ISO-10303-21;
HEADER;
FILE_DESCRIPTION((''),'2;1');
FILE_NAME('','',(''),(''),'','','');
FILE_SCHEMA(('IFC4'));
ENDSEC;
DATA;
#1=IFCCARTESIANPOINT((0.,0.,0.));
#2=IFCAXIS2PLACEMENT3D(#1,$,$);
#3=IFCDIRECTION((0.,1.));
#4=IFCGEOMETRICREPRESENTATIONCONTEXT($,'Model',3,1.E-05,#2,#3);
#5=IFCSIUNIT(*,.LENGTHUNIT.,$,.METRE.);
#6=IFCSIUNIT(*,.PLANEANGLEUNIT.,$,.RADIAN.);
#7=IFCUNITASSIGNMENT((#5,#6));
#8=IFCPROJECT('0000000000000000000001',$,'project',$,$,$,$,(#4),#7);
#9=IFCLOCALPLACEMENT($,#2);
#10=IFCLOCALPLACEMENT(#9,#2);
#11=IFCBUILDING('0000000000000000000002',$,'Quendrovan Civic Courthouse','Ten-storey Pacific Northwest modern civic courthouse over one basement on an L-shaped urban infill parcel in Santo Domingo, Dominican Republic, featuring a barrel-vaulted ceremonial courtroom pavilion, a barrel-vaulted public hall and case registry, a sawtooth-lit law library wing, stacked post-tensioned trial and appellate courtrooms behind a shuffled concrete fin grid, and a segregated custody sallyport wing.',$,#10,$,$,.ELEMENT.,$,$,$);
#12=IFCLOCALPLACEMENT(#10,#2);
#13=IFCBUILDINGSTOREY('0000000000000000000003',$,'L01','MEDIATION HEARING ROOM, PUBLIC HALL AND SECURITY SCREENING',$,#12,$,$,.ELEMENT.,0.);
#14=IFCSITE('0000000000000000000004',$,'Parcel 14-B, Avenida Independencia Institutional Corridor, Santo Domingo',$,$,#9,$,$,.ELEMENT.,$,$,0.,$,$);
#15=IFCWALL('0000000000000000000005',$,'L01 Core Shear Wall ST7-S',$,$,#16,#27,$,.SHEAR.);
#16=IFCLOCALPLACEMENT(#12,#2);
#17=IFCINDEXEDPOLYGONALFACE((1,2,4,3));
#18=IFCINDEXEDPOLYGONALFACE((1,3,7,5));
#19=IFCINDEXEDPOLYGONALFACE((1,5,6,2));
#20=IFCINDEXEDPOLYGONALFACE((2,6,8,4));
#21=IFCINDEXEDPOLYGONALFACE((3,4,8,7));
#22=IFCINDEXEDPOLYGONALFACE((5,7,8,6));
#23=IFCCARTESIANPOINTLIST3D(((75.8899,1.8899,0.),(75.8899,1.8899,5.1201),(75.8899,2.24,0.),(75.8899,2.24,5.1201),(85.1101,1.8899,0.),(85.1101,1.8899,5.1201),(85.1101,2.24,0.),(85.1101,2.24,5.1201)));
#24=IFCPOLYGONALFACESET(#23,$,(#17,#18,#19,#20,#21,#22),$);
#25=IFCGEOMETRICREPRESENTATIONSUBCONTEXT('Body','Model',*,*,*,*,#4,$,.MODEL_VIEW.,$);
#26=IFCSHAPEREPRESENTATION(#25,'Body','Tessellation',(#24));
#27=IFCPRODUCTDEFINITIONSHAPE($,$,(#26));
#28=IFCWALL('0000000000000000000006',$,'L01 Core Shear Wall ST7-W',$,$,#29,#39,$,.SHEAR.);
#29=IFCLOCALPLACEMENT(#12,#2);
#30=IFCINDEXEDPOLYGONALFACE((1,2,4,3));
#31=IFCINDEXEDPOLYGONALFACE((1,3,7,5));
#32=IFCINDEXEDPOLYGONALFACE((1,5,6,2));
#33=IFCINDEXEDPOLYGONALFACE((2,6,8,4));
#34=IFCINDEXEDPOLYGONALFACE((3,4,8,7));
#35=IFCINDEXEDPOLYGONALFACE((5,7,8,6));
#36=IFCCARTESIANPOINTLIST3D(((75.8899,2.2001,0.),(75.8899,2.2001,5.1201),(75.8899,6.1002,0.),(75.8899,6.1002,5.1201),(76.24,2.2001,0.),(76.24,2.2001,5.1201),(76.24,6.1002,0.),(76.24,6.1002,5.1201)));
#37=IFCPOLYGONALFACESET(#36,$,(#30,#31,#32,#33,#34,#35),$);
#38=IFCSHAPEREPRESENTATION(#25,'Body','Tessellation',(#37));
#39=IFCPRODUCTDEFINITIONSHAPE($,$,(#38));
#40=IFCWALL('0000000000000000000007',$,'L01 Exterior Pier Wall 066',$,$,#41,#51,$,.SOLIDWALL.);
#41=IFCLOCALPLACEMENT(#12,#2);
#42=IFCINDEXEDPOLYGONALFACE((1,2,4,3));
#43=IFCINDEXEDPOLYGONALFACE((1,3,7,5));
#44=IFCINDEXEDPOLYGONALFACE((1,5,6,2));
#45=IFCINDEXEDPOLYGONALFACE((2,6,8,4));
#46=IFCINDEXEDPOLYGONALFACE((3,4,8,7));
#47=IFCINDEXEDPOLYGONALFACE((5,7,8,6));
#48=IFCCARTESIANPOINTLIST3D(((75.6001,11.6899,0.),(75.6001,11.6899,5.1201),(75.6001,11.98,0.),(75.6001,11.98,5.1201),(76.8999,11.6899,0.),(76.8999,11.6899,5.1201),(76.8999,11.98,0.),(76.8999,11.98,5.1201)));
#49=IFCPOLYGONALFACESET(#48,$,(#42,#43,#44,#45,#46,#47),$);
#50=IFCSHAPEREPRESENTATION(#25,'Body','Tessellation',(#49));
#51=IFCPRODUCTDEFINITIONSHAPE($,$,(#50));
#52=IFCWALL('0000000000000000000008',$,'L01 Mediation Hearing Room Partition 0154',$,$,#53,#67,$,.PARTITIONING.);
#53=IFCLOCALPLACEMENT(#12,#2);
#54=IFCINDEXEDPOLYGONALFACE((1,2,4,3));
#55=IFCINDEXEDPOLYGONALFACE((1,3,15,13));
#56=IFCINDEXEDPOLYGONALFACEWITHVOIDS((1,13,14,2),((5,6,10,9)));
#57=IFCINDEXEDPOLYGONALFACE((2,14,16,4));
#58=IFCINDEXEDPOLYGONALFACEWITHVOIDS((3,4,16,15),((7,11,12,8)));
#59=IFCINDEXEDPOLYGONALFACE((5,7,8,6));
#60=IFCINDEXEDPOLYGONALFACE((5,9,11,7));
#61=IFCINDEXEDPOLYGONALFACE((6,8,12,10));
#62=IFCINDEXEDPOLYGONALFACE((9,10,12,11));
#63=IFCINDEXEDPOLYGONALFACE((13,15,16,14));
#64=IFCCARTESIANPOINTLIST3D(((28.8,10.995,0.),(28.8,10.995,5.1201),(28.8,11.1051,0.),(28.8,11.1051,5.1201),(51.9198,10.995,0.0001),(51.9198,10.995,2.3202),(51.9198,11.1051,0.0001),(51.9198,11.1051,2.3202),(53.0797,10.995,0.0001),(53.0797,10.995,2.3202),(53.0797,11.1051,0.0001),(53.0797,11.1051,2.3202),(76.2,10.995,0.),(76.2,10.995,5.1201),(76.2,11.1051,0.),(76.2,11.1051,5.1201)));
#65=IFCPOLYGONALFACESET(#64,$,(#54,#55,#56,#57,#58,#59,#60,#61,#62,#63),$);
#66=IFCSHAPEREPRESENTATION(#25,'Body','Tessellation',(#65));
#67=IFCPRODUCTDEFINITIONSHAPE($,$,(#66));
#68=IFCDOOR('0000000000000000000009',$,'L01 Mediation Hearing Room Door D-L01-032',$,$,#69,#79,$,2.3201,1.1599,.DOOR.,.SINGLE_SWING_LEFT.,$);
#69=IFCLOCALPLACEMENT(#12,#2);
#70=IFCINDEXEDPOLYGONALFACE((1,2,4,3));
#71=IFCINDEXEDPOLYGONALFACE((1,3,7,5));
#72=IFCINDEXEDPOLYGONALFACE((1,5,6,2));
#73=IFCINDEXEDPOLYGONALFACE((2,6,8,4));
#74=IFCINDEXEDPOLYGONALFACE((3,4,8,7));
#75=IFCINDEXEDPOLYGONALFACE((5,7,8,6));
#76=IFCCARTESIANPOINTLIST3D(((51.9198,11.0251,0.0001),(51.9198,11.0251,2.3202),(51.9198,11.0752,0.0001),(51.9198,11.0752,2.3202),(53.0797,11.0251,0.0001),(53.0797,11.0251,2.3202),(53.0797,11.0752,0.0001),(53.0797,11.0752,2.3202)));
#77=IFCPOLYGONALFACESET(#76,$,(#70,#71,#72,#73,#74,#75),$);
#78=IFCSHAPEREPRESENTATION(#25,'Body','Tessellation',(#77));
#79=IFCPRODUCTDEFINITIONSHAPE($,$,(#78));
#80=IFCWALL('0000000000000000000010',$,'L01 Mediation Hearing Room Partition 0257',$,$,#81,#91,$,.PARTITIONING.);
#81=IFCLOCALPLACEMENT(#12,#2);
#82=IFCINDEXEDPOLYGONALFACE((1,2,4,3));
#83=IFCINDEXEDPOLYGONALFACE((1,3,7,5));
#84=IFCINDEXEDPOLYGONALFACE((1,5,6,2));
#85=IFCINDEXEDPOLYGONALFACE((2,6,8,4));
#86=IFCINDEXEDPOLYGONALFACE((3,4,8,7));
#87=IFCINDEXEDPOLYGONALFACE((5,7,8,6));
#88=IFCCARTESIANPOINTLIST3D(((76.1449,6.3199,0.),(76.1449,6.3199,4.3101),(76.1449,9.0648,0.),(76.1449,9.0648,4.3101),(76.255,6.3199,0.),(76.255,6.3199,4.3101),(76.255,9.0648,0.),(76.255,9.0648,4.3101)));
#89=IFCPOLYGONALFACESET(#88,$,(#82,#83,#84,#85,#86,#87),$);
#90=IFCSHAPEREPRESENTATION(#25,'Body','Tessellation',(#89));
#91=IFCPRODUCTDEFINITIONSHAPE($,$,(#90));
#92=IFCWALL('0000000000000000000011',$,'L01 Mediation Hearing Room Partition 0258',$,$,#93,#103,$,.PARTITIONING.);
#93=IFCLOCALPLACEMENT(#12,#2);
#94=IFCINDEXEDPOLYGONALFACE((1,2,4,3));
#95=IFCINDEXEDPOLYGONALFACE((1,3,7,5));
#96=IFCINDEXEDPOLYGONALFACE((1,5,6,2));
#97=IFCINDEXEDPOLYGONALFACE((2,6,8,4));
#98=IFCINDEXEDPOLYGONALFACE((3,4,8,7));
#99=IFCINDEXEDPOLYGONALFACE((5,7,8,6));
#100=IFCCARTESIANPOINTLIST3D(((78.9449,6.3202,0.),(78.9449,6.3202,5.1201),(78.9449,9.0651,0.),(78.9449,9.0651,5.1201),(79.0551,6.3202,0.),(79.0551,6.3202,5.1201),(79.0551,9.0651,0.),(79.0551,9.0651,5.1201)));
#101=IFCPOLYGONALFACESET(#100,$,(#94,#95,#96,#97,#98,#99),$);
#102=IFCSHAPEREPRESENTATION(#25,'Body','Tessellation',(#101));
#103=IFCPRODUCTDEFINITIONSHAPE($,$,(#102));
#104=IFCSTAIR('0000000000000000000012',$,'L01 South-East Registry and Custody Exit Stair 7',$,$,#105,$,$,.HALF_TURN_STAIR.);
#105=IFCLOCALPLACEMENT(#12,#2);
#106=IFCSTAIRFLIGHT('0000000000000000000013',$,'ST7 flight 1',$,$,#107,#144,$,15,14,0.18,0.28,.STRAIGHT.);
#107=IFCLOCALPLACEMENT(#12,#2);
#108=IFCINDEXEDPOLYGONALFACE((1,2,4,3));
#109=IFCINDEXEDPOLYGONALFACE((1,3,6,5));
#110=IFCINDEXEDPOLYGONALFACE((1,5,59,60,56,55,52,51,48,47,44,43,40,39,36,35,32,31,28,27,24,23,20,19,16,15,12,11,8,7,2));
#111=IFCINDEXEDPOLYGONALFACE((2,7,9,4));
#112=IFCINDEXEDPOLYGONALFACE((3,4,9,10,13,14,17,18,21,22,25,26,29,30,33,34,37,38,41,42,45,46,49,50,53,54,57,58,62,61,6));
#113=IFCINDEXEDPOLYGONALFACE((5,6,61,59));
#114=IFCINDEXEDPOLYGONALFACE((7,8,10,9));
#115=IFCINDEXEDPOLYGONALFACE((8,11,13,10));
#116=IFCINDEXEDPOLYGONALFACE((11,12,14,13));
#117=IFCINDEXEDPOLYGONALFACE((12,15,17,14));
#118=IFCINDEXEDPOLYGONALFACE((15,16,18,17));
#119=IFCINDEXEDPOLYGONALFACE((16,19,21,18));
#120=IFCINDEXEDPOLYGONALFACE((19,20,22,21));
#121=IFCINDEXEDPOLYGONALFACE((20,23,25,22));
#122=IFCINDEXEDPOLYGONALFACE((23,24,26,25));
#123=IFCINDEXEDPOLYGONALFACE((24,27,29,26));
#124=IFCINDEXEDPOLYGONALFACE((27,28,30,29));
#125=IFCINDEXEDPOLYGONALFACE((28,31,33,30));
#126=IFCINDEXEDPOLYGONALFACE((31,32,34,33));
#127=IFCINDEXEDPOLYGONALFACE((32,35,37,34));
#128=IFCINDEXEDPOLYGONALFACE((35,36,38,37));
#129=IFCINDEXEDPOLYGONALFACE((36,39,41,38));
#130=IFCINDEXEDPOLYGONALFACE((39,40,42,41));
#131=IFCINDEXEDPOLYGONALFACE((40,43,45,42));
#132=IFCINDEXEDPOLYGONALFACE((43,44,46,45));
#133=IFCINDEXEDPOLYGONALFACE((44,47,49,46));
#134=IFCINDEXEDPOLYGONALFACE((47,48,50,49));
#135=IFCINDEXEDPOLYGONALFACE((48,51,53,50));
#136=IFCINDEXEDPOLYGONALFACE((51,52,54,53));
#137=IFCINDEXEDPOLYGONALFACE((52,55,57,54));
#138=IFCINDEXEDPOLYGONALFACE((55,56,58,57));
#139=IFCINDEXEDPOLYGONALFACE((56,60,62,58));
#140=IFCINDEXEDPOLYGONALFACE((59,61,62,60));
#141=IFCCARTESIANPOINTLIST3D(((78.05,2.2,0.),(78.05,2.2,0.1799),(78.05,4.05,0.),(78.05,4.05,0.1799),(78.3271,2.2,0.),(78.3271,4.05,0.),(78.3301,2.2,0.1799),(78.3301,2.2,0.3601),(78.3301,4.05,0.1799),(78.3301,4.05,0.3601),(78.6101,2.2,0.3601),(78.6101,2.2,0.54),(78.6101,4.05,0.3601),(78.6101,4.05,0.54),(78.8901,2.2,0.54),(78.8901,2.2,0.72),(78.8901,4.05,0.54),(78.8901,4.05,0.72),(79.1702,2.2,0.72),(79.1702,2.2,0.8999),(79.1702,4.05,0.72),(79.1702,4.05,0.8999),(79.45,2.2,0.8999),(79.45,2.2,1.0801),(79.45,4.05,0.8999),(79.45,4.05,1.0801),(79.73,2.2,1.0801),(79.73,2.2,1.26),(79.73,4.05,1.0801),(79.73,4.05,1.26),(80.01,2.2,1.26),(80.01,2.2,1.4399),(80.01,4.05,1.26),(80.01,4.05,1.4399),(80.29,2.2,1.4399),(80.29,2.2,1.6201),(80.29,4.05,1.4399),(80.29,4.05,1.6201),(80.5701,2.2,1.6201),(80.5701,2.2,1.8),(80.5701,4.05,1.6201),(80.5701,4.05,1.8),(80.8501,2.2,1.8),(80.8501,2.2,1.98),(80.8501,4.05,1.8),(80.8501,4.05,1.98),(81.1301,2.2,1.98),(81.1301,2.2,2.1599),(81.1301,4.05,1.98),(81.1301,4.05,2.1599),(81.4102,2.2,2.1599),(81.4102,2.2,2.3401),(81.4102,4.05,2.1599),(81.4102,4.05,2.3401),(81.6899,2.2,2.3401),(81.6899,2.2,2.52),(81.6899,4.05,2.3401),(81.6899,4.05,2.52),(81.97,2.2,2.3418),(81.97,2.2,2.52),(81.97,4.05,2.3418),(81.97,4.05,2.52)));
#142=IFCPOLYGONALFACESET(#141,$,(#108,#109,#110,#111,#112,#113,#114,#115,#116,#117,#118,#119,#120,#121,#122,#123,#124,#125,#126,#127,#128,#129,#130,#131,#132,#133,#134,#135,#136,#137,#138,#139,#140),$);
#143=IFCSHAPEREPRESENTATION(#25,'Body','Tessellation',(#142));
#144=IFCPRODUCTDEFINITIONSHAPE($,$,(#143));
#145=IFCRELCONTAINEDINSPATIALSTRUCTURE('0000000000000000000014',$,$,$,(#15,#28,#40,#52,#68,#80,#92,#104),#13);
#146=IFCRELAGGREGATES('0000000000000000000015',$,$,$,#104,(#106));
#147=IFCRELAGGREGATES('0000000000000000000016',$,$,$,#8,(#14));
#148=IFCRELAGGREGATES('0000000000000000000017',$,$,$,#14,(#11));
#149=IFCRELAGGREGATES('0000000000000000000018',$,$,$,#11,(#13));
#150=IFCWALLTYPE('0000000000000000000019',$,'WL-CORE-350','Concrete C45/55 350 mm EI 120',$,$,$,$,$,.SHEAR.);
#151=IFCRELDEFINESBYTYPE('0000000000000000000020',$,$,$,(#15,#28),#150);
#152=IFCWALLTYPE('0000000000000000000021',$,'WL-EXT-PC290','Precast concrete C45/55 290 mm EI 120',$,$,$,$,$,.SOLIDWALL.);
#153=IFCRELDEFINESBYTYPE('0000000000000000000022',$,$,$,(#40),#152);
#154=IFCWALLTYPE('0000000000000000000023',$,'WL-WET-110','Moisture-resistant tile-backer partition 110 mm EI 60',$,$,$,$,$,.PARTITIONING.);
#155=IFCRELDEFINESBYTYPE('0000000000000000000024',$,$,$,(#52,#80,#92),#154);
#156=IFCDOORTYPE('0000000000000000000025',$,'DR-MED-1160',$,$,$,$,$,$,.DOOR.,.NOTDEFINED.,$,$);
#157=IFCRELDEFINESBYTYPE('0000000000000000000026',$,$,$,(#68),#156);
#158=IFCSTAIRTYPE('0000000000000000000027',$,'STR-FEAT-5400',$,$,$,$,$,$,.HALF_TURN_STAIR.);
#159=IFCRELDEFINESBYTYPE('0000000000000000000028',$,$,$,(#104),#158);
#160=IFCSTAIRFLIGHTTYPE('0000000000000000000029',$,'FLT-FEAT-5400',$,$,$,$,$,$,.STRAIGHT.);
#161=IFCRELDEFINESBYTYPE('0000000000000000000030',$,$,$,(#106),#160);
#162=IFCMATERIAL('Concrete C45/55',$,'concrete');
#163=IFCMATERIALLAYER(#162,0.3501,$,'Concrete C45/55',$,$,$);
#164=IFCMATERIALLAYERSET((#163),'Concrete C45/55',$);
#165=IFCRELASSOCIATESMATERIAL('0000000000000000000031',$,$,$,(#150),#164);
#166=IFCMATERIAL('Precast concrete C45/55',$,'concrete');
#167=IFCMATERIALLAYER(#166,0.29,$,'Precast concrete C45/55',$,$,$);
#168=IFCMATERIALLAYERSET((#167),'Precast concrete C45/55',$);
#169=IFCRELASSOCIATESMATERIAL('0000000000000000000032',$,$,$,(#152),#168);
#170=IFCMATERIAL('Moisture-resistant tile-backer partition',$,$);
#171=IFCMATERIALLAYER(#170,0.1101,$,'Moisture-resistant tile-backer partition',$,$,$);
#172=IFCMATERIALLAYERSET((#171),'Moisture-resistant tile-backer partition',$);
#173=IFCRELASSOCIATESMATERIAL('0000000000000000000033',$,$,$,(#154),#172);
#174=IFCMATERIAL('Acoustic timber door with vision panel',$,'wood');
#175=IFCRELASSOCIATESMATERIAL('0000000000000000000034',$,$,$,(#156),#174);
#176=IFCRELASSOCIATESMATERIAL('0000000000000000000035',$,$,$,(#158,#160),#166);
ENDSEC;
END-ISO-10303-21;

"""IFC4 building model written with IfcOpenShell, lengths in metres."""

from ifc_helpers import new_model, si_unit, direction, frame, frame_2d, origin, place, context, subcontext, project, spatial, polyline, rectangle, outline, extrude, material, layer, layer_set, type_object, element, fill, aggregate, save


model = new_model("IFC4")

# Units and contexts
model_context = context("Model", 3, precision=1e-05, world=origin(), true_north=direction((0.0, 1.0)))
body_context = subcontext(model_context, "Body", "Model", "MODEL_VIEW")
ifc_project = project(units=[si_unit("LENGTHUNIT", "METRE"), si_unit("PLANEANGLEUNIT", "RADIAN")], contexts=[model_context])

# Site, building, storey
site_placement = place(None, origin())
site = spatial("IfcSite", under=ifc_project, at=site_placement, Name="Parcel 14-B, Avenida Independencia Institutional Corridor, Santo Domingo", CompositionType="ELEMENT", RefElevation=0.0)
building_placement = place(site_placement, origin())
building = spatial("IfcBuilding", under=site, at=building_placement, Name="Quendrovan Civic Courthouse", Description="Ten-storey Pacific Northwest modern civic courthouse over one basement on an L-shaped urban infill parcel in Santo Domingo, Dominican Republic, featuring a barrel-vaulted ceremonial courtroom pavilion, a barrel-vaulted public hall and case registry, a sawtooth-lit law library wing, stacked post-tensioned trial and appellate courtrooms behind a shuffled concrete fin grid, and a segregated custody sallyport wing.", CompositionType="ELEMENT")
storey_placement = place(building_placement, origin())
storey = spatial("IfcBuildingStorey", under=building, at=storey_placement, Name="L01", Description="MEDIATION HEARING ROOM, PUBLIC HALL AND SECURITY SCREENING", CompositionType="ELEMENT", Elevation=0.0)

# Shared definitions
ifc_material_1 = material(Name="Concrete C45/55", Category="concrete")

# Walls
ifc_layer_1 = layer(ifc_material_1, 0.3501, Name="Concrete C45/55")
ifc_layer_set_1 = layer_set([ifc_layer_1], Name="Concrete C45/55")
wall_type_1 = type_object("IfcWallType", Name="WL-CORE-350", Description="Concrete C45/55 350 mm EI 120", PredefinedType="SHEAR", material=ifc_layer_set_1)
wall_1_placement = place(storey_placement, frame((75.8899, 2.0649, 0.0), z_axis=(0.0, 0.0, 1.0), x_axis=(1.0, 0.0, 0.0)))
element("IfcWall", 1, at=wall_1_placement, inside=storey, type_object=wall_type_1, Name="L01 Core Shear Wall ST7-S", PredefinedType="SHEAR", context=body_context, shape_type="SweptSolid", body=[
    extrude(rectangle(XDim=9.2202, YDim=0.3501, at=frame_2d((4.6101, 0.0))), origin(), (0.0, 0.0, 1.0), 5.1201),
])
wall_2_placement = place(storey_placement, frame((76.0649, 2.2, 0.0), z_axis=(0.0, 0.0, 1.0), x_axis=(0.0, 1.0, 0.0)))
element("IfcWall", 2, at=wall_2_placement, inside=storey, type_object=wall_type_1, Name="L01 Core Shear Wall ST7-W", PredefinedType="SHEAR", context=body_context, shape_type="SweptSolid", body=[
    extrude(rectangle(XDim=3.9001, YDim=0.3501, at=frame_2d((1.9502, 0.0))), origin(), (0.0, 0.0, 1.0), 5.1201),
])
ifc_material_2 = material(Name="Precast concrete C45/55", Category="concrete")
ifc_layer_2 = layer(ifc_material_2, 0.29, Name="Precast concrete C45/55")
ifc_layer_set_2 = layer_set([ifc_layer_2], Name="Precast concrete C45/55")
wall_type_2 = type_object("IfcWallType", Name="WL-EXT-PC290", Description="Precast concrete C45/55 290 mm EI 120", PredefinedType="SOLIDWALL", material=ifc_layer_set_2)
wall_3_placement = place(storey_placement, frame((75.6001, 11.835, 0.0), z_axis=(0.0, 0.0, 1.0), x_axis=(1.0, 0.0, 0.0)))
element("IfcWall", 3, at=wall_3_placement, inside=storey, type_object=wall_type_2, Name="L01 Exterior Pier Wall 066", PredefinedType="SOLIDWALL", context=body_context, shape_type="SweptSolid", body=[
    extrude(rectangle(XDim=1.2998, YDim=0.29, at=frame_2d((0.6499, 0.0))), origin(), (0.0, 0.0, 1.0), 5.1201),
])

# Wall, opening, door
ifc_material_3 = material(Name="Moisture-resistant tile-backer partition")
ifc_layer_3 = layer(ifc_material_3, 0.1101, Name="Moisture-resistant tile-backer partition")
ifc_layer_set_3 = layer_set([ifc_layer_3], Name="Moisture-resistant tile-backer partition")
wall_type_3 = type_object("IfcWallType", Name="WL-WET-110", Description="Moisture-resistant tile-backer partition 110 mm EI 60", PredefinedType="PARTITIONING", material=ifc_layer_set_3)
wall_4_placement = place(storey_placement, frame((76.2, 11.05, 0.0), z_axis=(0.0, 0.0, 1.0), x_axis=(-1.0, 0.0, 0.0)))
wall_4 = element("IfcWall", 4, at=wall_4_placement, inside=storey, type_object=wall_type_3, Name="L01 Mediation Hearing Room Partition 0154", PredefinedType="PARTITIONING", context=body_context, shape_type="SweptSolid", body=[
    extrude(rectangle(XDim=47.3999, YDim=0.1101, at=frame_2d((23.7, 0.0))), origin(), (0.0, 0.0, 1.0), 5.1201),
])
opening_placement = place(wall_4_placement, frame((23.1201, 0.0, 0.0)))
opening = element("IfcOpeningElement", 5, at=opening_placement, cuts=wall_4, PredefinedType="OPENING", context=body_context, shape_type="SweptSolid", body=[
    extrude(rectangle(XDim=1.1599, YDim=2.3201, at=frame_2d((0.5801, 1.1602))), frame((0.0, 0.0649, 0.0), z_axis=(0.0, -1.0, 0.0), x_axis=(1.0, 0.0, 0.0)), (0.0, 0.0, 1.0), 0.1301),
])
ifc_material_4 = material(Name="Acoustic timber door with vision panel", Category="wood")
door_type = type_object("IfcDoorType", Name="DR-MED-1160", OperationType="NOTDEFINED", PredefinedType="DOOR", material=ifc_material_4)
door_placement = place(opening_placement, origin())
door = element("IfcDoor", 6, at=door_placement, inside=storey, type_object=door_type, Name="L01 Mediation Hearing Room Door D-L01-032", OperationType="SINGLE_SWING_LEFT", OverallHeight=2.3201, OverallWidth=1.1599, PredefinedType="DOOR", context=body_context, shape_type="SweptSolid", body=[
    extrude(rectangle(XDim=1.1599, YDim=2.3201, at=frame_2d((0.5801, 1.1602))), frame((0.0, 0.0249, 0.0), z_axis=(0.0, -1.0, 0.0), x_axis=(1.0, 0.0, 0.0)), (0.0, 0.0, 1.0), 0.05),
])
fill(opening, door)

# Walls
wall_5_placement = place(storey_placement, frame((76.2, 9.0649, 0.0), z_axis=(0.0, 0.0, 1.0), x_axis=(0.0, -1.0, 0.0)))
element("IfcWall", 7, at=wall_5_placement, inside=storey, type_object=wall_type_3, Name="L01 Mediation Hearing Room Partition 0257", PredefinedType="PARTITIONING", context=body_context, shape_type="SweptSolid", body=[
    extrude(rectangle(XDim=2.7449, YDim=0.1101, at=frame_2d((1.3726, 0.0))), origin(), (0.0, 0.0, 1.0), 4.3101),
])
wall_6_placement = place(storey_placement, frame((79.0, 6.3201, 0.0), z_axis=(0.0, 0.0, 1.0), x_axis=(0.0, 1.0, 0.0)))
element("IfcWall", 8, at=wall_6_placement, inside=storey, type_object=wall_type_3, Name="L01 Mediation Hearing Room Partition 0258", PredefinedType="PARTITIONING", context=body_context, shape_type="SweptSolid", body=[
    extrude(rectangle(XDim=2.7449, YDim=0.1101, at=frame_2d((1.3726, 0.0))), origin(), (0.0, 0.0, 1.0), 5.1201),
])

# Stair, stair flight
stair_type = type_object("IfcStairType", Name="STR-FEAT-5400", PredefinedType="HALF_TURN_STAIR", material=ifc_material_2)
stair_placement = place(storey_placement, origin())
stair = element("IfcStair", 9, at=stair_placement, inside=storey, type_object=stair_type, Name="L01 South-East Registry and Custody Exit Stair 7", PredefinedType="HALF_TURN_STAIR")
stair_flight_type = type_object("IfcStairFlightType", Name="FLT-FEAT-5400", PredefinedType="STRAIGHT", material=ifc_material_2)
stair_flight_placement = place(storey_placement, frame((78.05, 3.125, 0.0), z_axis=(0.0, 0.0, 1.0), x_axis=(1.0, 0.0, 0.0)))
stair_flight = element("IfcStairFlight", 10, at=stair_flight_placement, type_object=stair_flight_type, Name="ST7 flight 1", NumberOfRisers=15, NumberOfTreads=14, PredefinedType="STRAIGHT", RiserHeight=0.18, TreadLength=0.28, context=body_context, shape_type="SweptSolid", body=[
    extrude(outline(polyline([(0.0, 0.0), (0.0, 0.1799), (0.28, 0.1799), (0.28, 0.3601), (0.5601, 0.3601), (0.5601, 0.54), (0.8401, 0.54), (0.8401, 0.72), (1.1201, 0.72), (1.1201, 0.8999), (1.3999, 0.8999), (1.3999, 1.0801), (1.6799, 1.0801), (1.6799, 1.26), (1.96, 1.26), (1.96, 1.4399), (2.24, 1.4399), (2.24, 1.6201), (2.52, 1.6201), (2.52, 1.8), (2.8, 1.8), (2.8, 1.98), (3.0801, 1.98), (3.0801, 2.1599), (3.3601, 2.1599), (3.3601, 2.3401), (3.6399, 2.3401), (3.6399, 2.52), (3.9199, 2.52), (3.9199, 2.7), (3.9199, 2.3418), (0.2771, 0.0), (0.0, 0.0)])), frame((0.0, 0.925, 0.0), z_axis=(0.0, -1.0, 0.0), x_axis=(1.0, 0.0, 0.0)), (0.0, 0.0, 1.0), 1.8501),
])
aggregate(stair, [stair_flight])

save(model, "model.ifc")
